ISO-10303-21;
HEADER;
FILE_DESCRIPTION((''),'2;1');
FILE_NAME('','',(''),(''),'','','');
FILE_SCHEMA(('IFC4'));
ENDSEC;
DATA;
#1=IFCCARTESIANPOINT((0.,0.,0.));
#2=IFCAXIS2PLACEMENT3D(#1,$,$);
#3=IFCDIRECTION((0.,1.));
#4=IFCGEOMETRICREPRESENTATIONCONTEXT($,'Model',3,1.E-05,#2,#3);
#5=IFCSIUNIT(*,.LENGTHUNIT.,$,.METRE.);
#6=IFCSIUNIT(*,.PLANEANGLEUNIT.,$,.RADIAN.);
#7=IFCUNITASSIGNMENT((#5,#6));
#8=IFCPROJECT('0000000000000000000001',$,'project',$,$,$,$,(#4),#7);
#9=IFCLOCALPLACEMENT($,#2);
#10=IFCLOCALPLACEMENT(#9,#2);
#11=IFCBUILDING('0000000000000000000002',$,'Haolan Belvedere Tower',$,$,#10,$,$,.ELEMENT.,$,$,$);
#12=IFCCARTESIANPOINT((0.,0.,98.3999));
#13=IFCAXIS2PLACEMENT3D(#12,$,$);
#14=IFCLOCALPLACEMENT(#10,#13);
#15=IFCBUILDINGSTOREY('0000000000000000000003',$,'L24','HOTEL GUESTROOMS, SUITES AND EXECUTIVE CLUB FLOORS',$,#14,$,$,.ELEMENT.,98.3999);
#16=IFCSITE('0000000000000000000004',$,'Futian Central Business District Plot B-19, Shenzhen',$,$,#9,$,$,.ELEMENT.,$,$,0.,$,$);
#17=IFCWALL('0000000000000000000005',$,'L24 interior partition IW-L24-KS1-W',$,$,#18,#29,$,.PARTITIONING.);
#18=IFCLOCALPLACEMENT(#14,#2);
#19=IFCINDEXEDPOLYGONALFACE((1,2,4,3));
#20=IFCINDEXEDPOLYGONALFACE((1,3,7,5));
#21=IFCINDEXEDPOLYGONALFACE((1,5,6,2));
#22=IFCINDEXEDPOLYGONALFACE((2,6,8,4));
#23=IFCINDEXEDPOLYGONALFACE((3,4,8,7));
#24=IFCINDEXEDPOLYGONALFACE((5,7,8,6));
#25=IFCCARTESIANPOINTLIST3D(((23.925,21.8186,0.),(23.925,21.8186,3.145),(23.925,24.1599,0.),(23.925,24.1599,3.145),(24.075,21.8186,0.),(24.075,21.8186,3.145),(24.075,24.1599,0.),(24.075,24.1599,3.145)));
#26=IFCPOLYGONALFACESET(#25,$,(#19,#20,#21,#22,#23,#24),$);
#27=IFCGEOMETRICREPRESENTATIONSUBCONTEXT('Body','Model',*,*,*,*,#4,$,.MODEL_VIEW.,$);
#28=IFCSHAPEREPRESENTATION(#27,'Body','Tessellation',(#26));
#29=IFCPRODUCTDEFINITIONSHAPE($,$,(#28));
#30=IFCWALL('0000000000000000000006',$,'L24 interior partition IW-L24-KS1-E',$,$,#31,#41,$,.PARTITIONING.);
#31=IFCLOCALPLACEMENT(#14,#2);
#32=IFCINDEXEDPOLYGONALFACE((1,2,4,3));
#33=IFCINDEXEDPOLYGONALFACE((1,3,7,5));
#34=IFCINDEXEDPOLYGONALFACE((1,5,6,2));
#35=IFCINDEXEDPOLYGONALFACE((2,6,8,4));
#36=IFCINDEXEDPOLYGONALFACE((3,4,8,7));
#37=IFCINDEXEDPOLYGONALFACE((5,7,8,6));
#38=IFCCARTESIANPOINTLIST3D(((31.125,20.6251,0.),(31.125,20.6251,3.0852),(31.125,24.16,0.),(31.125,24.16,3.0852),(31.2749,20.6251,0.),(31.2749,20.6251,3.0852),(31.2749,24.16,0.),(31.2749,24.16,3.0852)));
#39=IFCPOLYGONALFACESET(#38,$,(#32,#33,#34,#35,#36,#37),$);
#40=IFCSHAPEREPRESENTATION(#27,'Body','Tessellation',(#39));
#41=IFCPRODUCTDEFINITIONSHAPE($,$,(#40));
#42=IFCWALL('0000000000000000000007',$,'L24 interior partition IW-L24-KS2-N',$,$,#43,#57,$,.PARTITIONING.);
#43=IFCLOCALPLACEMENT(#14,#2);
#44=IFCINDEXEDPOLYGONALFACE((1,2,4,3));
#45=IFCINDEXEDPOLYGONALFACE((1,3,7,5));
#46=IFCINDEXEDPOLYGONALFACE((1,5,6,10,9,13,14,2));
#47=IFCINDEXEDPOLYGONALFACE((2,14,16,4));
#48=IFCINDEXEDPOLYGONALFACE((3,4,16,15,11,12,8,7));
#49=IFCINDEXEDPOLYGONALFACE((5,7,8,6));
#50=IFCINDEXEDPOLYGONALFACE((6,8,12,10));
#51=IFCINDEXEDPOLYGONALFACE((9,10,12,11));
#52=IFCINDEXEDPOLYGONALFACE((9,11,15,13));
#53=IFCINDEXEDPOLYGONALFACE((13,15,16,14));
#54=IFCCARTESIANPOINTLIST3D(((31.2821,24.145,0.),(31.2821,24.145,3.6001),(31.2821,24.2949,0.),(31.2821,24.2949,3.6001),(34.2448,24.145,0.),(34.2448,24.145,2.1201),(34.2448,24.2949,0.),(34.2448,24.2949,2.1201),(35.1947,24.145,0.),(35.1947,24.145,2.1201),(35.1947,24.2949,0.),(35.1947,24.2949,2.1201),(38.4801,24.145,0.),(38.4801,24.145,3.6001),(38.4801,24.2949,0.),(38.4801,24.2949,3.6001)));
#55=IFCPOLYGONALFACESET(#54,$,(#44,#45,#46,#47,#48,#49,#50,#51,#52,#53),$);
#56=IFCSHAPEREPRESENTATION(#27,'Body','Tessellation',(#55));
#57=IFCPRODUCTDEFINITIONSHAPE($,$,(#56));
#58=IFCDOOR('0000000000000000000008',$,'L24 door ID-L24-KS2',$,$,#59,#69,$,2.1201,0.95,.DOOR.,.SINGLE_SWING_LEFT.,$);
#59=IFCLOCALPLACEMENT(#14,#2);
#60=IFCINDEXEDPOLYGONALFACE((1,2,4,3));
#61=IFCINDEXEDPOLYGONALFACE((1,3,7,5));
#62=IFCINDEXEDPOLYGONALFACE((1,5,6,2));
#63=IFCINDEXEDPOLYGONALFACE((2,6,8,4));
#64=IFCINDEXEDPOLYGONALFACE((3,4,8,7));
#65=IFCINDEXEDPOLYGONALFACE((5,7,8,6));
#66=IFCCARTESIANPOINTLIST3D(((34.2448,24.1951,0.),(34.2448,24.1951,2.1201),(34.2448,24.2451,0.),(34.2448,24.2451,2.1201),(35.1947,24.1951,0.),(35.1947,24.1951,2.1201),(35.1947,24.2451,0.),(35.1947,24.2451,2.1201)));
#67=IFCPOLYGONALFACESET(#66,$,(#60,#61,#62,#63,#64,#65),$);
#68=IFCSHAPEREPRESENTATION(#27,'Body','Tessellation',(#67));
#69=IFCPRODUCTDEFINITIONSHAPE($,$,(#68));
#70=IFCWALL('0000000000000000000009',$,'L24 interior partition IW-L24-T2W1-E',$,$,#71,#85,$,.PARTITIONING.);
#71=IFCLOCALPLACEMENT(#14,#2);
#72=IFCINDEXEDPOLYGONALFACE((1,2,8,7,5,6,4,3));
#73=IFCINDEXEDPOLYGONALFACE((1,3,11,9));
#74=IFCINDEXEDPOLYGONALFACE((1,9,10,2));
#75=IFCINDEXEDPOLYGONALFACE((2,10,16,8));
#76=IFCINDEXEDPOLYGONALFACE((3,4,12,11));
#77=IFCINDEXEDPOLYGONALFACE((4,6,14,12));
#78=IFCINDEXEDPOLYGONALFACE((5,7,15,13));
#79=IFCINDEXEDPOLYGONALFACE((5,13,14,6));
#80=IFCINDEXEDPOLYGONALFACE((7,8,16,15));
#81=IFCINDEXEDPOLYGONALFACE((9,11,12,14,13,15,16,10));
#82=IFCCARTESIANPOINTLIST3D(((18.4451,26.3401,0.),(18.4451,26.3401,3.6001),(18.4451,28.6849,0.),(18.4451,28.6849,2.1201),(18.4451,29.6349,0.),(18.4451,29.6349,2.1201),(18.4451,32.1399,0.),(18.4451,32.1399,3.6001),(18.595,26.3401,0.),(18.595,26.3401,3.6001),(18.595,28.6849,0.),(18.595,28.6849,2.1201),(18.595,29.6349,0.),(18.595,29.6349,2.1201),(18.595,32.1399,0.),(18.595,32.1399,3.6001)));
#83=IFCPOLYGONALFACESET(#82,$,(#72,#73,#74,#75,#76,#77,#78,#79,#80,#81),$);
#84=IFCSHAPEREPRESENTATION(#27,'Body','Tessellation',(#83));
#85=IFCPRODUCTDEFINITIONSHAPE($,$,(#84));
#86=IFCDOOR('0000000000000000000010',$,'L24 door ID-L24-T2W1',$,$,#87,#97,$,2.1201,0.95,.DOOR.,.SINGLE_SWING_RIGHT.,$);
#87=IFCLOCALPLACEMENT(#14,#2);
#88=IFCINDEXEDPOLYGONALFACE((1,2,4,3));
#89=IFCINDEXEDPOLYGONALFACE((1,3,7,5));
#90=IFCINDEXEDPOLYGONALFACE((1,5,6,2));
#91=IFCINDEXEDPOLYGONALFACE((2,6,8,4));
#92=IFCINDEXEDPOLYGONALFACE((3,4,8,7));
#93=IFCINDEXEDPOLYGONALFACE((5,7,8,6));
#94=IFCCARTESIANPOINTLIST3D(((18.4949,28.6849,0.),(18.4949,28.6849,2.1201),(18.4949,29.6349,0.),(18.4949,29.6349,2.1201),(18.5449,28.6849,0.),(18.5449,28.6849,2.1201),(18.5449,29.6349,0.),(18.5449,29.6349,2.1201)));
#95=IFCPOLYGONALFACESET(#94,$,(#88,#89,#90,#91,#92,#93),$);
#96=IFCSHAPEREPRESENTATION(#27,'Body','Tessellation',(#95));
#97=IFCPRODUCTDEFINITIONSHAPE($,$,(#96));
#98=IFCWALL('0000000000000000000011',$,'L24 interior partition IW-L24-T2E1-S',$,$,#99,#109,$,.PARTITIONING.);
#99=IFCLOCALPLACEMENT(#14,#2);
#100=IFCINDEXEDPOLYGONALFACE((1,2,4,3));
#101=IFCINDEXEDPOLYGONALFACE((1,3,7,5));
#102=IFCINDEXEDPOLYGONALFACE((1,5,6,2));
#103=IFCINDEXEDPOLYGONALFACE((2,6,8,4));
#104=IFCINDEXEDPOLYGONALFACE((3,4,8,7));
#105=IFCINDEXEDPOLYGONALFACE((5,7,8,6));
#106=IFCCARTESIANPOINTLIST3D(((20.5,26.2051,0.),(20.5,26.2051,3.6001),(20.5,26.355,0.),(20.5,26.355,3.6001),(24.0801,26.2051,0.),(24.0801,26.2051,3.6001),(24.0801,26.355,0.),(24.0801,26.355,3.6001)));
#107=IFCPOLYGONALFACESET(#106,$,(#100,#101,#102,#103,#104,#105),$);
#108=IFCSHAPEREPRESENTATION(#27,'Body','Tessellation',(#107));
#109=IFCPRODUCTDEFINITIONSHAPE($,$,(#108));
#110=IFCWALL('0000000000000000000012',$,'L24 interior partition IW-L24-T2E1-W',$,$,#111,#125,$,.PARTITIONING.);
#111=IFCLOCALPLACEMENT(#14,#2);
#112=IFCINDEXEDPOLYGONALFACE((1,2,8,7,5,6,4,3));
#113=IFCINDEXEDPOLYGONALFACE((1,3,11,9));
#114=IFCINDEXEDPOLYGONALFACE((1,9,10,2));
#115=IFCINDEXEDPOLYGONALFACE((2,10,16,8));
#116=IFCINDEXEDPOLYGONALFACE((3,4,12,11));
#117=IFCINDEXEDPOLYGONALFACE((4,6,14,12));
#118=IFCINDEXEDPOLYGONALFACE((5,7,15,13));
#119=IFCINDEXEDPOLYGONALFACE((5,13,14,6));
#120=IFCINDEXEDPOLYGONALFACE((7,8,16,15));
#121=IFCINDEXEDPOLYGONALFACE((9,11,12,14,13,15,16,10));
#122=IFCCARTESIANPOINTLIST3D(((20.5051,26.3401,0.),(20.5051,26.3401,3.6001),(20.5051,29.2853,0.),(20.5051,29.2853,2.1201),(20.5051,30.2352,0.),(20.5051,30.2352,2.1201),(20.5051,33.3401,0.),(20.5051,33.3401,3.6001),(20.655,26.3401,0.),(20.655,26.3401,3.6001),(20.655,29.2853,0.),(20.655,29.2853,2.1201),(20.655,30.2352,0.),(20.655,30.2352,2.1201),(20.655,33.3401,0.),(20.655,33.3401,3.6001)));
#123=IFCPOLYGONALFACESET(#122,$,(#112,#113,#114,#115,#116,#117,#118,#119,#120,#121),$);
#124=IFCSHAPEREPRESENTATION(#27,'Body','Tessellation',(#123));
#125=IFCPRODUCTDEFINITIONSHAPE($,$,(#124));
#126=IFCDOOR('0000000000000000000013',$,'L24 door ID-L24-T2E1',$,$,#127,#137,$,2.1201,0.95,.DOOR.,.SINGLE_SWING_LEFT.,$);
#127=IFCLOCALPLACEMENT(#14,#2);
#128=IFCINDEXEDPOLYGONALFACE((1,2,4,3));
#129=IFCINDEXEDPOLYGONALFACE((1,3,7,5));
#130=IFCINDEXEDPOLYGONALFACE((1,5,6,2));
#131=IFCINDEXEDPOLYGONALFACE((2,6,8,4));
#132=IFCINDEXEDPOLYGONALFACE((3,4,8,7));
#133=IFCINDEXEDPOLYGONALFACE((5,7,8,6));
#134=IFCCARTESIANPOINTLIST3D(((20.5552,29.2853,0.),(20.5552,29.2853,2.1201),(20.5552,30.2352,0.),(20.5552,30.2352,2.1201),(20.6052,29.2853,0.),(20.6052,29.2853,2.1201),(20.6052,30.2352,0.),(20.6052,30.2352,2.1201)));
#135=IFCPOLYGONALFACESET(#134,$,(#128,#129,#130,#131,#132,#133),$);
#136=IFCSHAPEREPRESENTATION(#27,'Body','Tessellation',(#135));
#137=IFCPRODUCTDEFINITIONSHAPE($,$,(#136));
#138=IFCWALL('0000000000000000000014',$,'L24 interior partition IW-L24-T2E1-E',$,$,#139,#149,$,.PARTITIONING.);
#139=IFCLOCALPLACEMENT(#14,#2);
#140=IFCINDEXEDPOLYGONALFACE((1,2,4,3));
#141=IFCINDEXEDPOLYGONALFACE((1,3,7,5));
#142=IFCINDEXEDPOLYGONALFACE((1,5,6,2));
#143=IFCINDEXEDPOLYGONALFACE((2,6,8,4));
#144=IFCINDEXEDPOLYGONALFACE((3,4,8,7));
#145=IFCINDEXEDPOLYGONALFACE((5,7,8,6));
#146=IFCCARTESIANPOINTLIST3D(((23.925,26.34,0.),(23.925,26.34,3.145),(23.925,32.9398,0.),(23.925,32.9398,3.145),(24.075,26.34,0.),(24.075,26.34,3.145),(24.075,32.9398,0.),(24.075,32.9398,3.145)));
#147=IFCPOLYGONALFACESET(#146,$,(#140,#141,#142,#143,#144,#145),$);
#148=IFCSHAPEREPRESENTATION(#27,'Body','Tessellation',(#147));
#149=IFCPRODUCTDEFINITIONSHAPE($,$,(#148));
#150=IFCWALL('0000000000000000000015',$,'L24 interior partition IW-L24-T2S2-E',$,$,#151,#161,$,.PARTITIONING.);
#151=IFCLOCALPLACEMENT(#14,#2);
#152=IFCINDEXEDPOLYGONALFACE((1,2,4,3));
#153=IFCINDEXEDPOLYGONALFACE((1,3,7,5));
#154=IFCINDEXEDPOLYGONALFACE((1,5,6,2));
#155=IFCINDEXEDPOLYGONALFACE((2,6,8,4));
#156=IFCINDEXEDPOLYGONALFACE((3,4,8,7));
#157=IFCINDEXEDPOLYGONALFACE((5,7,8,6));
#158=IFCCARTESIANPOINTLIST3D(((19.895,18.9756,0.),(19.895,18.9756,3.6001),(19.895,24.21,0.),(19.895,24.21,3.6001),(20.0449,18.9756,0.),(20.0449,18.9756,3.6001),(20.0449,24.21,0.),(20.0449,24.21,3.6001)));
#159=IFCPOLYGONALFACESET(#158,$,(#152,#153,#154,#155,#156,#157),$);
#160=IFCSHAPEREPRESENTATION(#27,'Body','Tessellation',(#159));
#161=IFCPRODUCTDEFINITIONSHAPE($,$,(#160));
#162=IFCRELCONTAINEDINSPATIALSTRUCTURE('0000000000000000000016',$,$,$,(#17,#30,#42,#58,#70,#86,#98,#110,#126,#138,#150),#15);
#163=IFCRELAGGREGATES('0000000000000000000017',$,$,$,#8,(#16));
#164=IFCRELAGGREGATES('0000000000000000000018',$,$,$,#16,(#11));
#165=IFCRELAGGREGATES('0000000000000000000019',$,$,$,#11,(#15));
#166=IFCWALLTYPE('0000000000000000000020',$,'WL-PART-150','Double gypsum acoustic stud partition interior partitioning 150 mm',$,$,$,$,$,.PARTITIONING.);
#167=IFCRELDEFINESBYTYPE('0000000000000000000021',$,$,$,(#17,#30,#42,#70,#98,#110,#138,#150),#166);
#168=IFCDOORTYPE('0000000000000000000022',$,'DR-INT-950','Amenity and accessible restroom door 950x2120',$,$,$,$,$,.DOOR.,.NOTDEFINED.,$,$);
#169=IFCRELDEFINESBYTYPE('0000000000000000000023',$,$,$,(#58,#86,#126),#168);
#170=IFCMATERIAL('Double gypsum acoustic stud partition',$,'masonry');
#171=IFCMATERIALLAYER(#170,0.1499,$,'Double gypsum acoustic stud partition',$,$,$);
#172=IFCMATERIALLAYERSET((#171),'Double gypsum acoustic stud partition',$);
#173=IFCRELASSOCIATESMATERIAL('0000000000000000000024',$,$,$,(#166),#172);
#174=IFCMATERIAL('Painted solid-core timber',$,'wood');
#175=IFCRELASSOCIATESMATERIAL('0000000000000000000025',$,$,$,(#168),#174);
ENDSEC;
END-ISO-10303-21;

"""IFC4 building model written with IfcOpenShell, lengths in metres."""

from ifc_helpers import new_model, si_unit, direction, frame, frame_2d, origin, place, context, subcontext, project, spatial, rectangle, extrude, material, layer, layer_set, type_object, element, fill, save


model = new_model("IFC4")

# Units and contexts
model_context = context("Model", 3, precision=1e-05, world=origin(), true_north=direction((0.0, 1.0)))
body_context = subcontext(model_context, "Body", "Model", "MODEL_VIEW")
ifc_project = project(units=[si_unit("LENGTHUNIT", "METRE"), si_unit("PLANEANGLEUNIT", "RADIAN")], contexts=[model_context])

# Site, building, storey
site_placement = place(None, origin())
site = spatial("IfcSite", under=ifc_project, at=site_placement, Name="Futian Central Business District Plot B-19, Shenzhen", CompositionType="ELEMENT", RefElevation=0.0)
building_placement = place(site_placement, origin())
building = spatial("IfcBuilding", under=site, at=building_placement, Name="Haolan Belvedere Tower", CompositionType="ELEMENT")
storey_placement = place(building_placement, frame((0.0, 0.0, 98.3999)))
storey = spatial("IfcBuildingStorey", under=building, at=storey_placement, Name="L24", Description="HOTEL GUESTROOMS, SUITES AND EXECUTIVE CLUB FLOORS", CompositionType="ELEMENT", Elevation=98.3999)

# Shared definitions
ifc_material_1 = material(Name="Double gypsum acoustic stud partition", Category="masonry")
ifc_layer_1 = layer(ifc_material_1, 0.1499, Name="Double gypsum acoustic stud partition")
ifc_layer_set_1 = layer_set([ifc_layer_1], Name="Double gypsum acoustic stud partition")
wall_type_1 = type_object("IfcWallType", Name="WL-PART-150", Description="Double gypsum acoustic stud partition interior partitioning 150 mm", PredefinedType="PARTITIONING", material=ifc_layer_set_1)
ifc_material_2 = material(Name="Painted solid-core timber", Category="wood")
door_type_1 = type_object("IfcDoorType", Name="DR-INT-950", Description="Amenity and accessible restroom door 950x2120", OperationType="NOTDEFINED", PredefinedType="DOOR", material=ifc_material_2)

# Walls
wall_1_placement = place(storey_placement, frame((24.0, 21.8186, 0.0), z_axis=(0.0, 0.0, 1.0), x_axis=(0.0, 1.0, 0.0)))
element("IfcWall", 1, at=wall_1_placement, inside=storey, type_object=wall_type_1, Name="L24 interior partition IW-L24-KS1-W", PredefinedType="PARTITIONING", context=body_context, shape_type="SweptSolid", body=[
    extrude(rectangle(XDim=2.3413, YDim=0.1499, at=frame_2d((1.1707, 0.0))), origin(), (0.0, 0.0, 1.0), 3.145),
])
wall_2_placement = place(storey_placement, frame((31.2, 20.625, 0.0), z_axis=(0.0, 0.0, 1.0), x_axis=(0.0, 1.0, 0.0)))
element("IfcWall", 2, at=wall_2_placement, inside=storey, type_object=wall_type_1, Name="L24 interior partition IW-L24-KS1-E", PredefinedType="PARTITIONING", context=body_context, shape_type="SweptSolid", body=[
    extrude(rectangle(XDim=3.5349, YDim=0.1499, at=frame_2d((1.7676, 0.0))), origin(), (0.0, 0.0, 1.0), 3.0852),
])

# Walls, openings, doors
wall_3_placement = place(storey_placement, frame((31.282, 24.22, 0.0), z_axis=(0.0, 0.0, 1.0), x_axis=(1.0, 0.0, 0.0)))
wall_3 = element("IfcWall", 3, at=wall_3_placement, inside=storey, type_object=wall_type_1, Name="L24 interior partition IW-L24-KS2-N", PredefinedType="PARTITIONING", context=body_context, shape_type="SweptSolid", body=[
    extrude(rectangle(XDim=7.198, YDim=0.1499, at=frame_2d((3.5991, 0.0))), origin(), (0.0, 0.0, 1.0), 3.6001),
])
opening_1_placement = place(wall_3_placement, frame((3.9128, 0.0, 0.0), z_axis=(0.0, 0.0, 1.0), x_axis=(-1.0, 0.0, 0.0)))
opening_1 = element("IfcOpeningElement", 4, at=opening_1_placement, cuts=wall_3, PredefinedType="OPENING", context=body_context, shape_type="SweptSolid", body=[
    extrude(rectangle(XDim=0.95, YDim=2.1201, at=frame_2d((0.4751, 1.0601))), frame((0.0, 0.085, 0.0), z_axis=(0.0, -1.0, 0.0), x_axis=(1.0, 0.0, 0.0)), (0.0, 0.0, 1.0), 0.1699),
])
door_1_placement = place(opening_1_placement, origin())
door_1 = element("IfcDoor", 5, at=door_1_placement, inside=storey, type_object=door_type_1, Name="L24 door ID-L24-KS2", OperationType="SINGLE_SWING_LEFT", OverallHeight=2.1201, OverallWidth=0.95, PredefinedType="DOOR", context=body_context, shape_type="SweptSolid", body=[
    extrude(rectangle(XDim=0.95, YDim=2.1201, at=frame_2d((0.4751, 1.0601))), frame((0.0, 0.0249, 0.0), z_axis=(0.0, -1.0, 0.0), x_axis=(1.0, 0.0, 0.0)), (0.0, 0.0, 1.0), 0.05),
])
fill(opening_1, door_1)
wall_4_placement = place(storey_placement, frame((18.52, 26.3401, 0.0), z_axis=(0.0, 0.0, 1.0), x_axis=(0.0, 1.0, 0.0)))
wall_4 = element("IfcWall", 6, at=wall_4_placement, inside=storey, type_object=wall_type_1, Name="L24 interior partition IW-L24-T2W1-E", PredefinedType="PARTITIONING", context=body_context, shape_type="SweptSolid", body=[
    extrude(rectangle(XDim=5.7998, YDim=0.1499, at=frame_2d((2.8999, 0.0))), origin(), (0.0, 0.0, 1.0), 3.6001),
])
opening_2_placement = place(wall_4_placement, frame((3.2949, 0.0, 0.0), z_axis=(0.0, 0.0, 1.0), x_axis=(-1.0, 0.0, 0.0)))
opening_2 = element("IfcOpeningElement", 7, at=opening_2_placement, cuts=wall_4, PredefinedType="OPENING", context=body_context, shape_type="SweptSolid", body=[
    extrude(rectangle(XDim=0.95, YDim=2.1201, at=frame_2d((0.4751, 1.0601))), frame((0.0, 0.085, 0.0), z_axis=(0.0, -1.0, 0.0), x_axis=(1.0, 0.0, 0.0)), (0.0, 0.0, 1.0), 0.1699),
])
door_2_placement = place(opening_2_placement, origin())
door_2 = element("IfcDoor", 8, at=door_2_placement, inside=storey, type_object=door_type_1, Name="L24 door ID-L24-T2W1", OperationType="SINGLE_SWING_RIGHT", OverallHeight=2.1201, OverallWidth=0.95, PredefinedType="DOOR", context=body_context, shape_type="SweptSolid", body=[
    extrude(rectangle(XDim=0.95, YDim=2.1201, at=frame_2d((0.4751, 1.0601))), frame((0.0, 0.0249, 0.0), z_axis=(0.0, -1.0, 0.0), x_axis=(1.0, 0.0, 0.0)), (0.0, 0.0, 1.0), 0.05),
])
fill(opening_2, door_2)

# Wall
wall_5_placement = place(storey_placement, frame((20.5, 26.28, 0.0), z_axis=(0.0, 0.0, 1.0), x_axis=(1.0, 0.0, 0.0)))
element("IfcWall", 9, at=wall_5_placement, inside=storey, type_object=wall_type_1, Name="L24 interior partition IW-L24-T2E1-S", PredefinedType="PARTITIONING", context=body_context, shape_type="SweptSolid", body=[
    extrude(rectangle(XDim=3.5801, YDim=0.1499, at=frame_2d((1.79, 0.0))), origin(), (0.0, 0.0, 1.0), 3.6001),
])

# Wall, opening, door
wall_6_placement = place(storey_placement, frame((20.5801, 26.3401, 0.0), z_axis=(0.0, 0.0, 1.0), x_axis=(0.0, 1.0, 0.0)))
wall_6 = element("IfcWall", 10, at=wall_6_placement, inside=storey, type_object=wall_type_1, Name="L24 interior partition IW-L24-T2E1-W", PredefinedType="PARTITIONING", context=body_context, shape_type="SweptSolid", body=[
    extrude(rectangle(XDim=7.0, YDim=0.1499, at=frame_2d((3.5, 0.0))), origin(), (0.0, 0.0, 1.0), 3.6001),
])
opening_3_placement = place(wall_6_placement, frame((2.9451, 0.0, 0.0)))
opening_3 = element("IfcOpeningElement", 11, at=opening_3_placement, cuts=wall_6, PredefinedType="OPENING", context=body_context, shape_type="SweptSolid", body=[
    extrude(rectangle(XDim=0.95, YDim=2.1201, at=frame_2d((0.4751, 1.0601))), frame((0.0, 0.085, 0.0), z_axis=(0.0, -1.0, 0.0), x_axis=(1.0, 0.0, 0.0)), (0.0, 0.0, 1.0), 0.1699),
])
door_3_placement = place(opening_3_placement, origin())
door_3 = element("IfcDoor", 12, at=door_3_placement, inside=storey, type_object=door_type_1, Name="L24 door ID-L24-T2E1", OperationType="SINGLE_SWING_LEFT", OverallHeight=2.1201, OverallWidth=0.95, PredefinedType="DOOR", context=body_context, shape_type="SweptSolid", body=[
    extrude(rectangle(XDim=0.95, YDim=2.1201, at=frame_2d((0.4751, 1.0601))), frame((0.0, 0.0249, 0.0), z_axis=(0.0, -1.0, 0.0), x_axis=(1.0, 0.0, 0.0)), (0.0, 0.0, 1.0), 0.05),
])
fill(opening_3, door_3)

# Walls
wall_7_placement = place(storey_placement, frame((24.0, 26.3401, 0.0), z_axis=(0.0, 0.0, 1.0), x_axis=(0.0, 1.0, 0.0)))
element("IfcWall", 13, at=wall_7_placement, inside=storey, type_object=wall_type_1, Name="L24 interior partition IW-L24-T2E1-E", PredefinedType="PARTITIONING", context=body_context, shape_type="SweptSolid", body=[
    extrude(rectangle(XDim=6.5999, YDim=0.1499, at=frame_2d((3.2998, 0.0))), origin(), (0.0, 0.0, 1.0), 3.145),
])
wall_8_placement = place(storey_placement, frame((19.97, 18.9756, 0.0), z_axis=(0.0, 0.0, 1.0), x_axis=(0.0, 1.0, 0.0)))
element("IfcWall", 14, at=wall_8_placement, inside=storey, type_object=wall_type_1, Name="L24 interior partition IW-L24-T2S2-E", PredefinedType="PARTITIONING", context=body_context, shape_type="SweptSolid", body=[
    extrude(rectangle(XDim=5.2344, YDim=0.1499, at=frame_2d((2.6172, 0.0))), origin(), (0.0, 0.0, 1.0), 3.6001),
])

save(model, "model.ifc")
